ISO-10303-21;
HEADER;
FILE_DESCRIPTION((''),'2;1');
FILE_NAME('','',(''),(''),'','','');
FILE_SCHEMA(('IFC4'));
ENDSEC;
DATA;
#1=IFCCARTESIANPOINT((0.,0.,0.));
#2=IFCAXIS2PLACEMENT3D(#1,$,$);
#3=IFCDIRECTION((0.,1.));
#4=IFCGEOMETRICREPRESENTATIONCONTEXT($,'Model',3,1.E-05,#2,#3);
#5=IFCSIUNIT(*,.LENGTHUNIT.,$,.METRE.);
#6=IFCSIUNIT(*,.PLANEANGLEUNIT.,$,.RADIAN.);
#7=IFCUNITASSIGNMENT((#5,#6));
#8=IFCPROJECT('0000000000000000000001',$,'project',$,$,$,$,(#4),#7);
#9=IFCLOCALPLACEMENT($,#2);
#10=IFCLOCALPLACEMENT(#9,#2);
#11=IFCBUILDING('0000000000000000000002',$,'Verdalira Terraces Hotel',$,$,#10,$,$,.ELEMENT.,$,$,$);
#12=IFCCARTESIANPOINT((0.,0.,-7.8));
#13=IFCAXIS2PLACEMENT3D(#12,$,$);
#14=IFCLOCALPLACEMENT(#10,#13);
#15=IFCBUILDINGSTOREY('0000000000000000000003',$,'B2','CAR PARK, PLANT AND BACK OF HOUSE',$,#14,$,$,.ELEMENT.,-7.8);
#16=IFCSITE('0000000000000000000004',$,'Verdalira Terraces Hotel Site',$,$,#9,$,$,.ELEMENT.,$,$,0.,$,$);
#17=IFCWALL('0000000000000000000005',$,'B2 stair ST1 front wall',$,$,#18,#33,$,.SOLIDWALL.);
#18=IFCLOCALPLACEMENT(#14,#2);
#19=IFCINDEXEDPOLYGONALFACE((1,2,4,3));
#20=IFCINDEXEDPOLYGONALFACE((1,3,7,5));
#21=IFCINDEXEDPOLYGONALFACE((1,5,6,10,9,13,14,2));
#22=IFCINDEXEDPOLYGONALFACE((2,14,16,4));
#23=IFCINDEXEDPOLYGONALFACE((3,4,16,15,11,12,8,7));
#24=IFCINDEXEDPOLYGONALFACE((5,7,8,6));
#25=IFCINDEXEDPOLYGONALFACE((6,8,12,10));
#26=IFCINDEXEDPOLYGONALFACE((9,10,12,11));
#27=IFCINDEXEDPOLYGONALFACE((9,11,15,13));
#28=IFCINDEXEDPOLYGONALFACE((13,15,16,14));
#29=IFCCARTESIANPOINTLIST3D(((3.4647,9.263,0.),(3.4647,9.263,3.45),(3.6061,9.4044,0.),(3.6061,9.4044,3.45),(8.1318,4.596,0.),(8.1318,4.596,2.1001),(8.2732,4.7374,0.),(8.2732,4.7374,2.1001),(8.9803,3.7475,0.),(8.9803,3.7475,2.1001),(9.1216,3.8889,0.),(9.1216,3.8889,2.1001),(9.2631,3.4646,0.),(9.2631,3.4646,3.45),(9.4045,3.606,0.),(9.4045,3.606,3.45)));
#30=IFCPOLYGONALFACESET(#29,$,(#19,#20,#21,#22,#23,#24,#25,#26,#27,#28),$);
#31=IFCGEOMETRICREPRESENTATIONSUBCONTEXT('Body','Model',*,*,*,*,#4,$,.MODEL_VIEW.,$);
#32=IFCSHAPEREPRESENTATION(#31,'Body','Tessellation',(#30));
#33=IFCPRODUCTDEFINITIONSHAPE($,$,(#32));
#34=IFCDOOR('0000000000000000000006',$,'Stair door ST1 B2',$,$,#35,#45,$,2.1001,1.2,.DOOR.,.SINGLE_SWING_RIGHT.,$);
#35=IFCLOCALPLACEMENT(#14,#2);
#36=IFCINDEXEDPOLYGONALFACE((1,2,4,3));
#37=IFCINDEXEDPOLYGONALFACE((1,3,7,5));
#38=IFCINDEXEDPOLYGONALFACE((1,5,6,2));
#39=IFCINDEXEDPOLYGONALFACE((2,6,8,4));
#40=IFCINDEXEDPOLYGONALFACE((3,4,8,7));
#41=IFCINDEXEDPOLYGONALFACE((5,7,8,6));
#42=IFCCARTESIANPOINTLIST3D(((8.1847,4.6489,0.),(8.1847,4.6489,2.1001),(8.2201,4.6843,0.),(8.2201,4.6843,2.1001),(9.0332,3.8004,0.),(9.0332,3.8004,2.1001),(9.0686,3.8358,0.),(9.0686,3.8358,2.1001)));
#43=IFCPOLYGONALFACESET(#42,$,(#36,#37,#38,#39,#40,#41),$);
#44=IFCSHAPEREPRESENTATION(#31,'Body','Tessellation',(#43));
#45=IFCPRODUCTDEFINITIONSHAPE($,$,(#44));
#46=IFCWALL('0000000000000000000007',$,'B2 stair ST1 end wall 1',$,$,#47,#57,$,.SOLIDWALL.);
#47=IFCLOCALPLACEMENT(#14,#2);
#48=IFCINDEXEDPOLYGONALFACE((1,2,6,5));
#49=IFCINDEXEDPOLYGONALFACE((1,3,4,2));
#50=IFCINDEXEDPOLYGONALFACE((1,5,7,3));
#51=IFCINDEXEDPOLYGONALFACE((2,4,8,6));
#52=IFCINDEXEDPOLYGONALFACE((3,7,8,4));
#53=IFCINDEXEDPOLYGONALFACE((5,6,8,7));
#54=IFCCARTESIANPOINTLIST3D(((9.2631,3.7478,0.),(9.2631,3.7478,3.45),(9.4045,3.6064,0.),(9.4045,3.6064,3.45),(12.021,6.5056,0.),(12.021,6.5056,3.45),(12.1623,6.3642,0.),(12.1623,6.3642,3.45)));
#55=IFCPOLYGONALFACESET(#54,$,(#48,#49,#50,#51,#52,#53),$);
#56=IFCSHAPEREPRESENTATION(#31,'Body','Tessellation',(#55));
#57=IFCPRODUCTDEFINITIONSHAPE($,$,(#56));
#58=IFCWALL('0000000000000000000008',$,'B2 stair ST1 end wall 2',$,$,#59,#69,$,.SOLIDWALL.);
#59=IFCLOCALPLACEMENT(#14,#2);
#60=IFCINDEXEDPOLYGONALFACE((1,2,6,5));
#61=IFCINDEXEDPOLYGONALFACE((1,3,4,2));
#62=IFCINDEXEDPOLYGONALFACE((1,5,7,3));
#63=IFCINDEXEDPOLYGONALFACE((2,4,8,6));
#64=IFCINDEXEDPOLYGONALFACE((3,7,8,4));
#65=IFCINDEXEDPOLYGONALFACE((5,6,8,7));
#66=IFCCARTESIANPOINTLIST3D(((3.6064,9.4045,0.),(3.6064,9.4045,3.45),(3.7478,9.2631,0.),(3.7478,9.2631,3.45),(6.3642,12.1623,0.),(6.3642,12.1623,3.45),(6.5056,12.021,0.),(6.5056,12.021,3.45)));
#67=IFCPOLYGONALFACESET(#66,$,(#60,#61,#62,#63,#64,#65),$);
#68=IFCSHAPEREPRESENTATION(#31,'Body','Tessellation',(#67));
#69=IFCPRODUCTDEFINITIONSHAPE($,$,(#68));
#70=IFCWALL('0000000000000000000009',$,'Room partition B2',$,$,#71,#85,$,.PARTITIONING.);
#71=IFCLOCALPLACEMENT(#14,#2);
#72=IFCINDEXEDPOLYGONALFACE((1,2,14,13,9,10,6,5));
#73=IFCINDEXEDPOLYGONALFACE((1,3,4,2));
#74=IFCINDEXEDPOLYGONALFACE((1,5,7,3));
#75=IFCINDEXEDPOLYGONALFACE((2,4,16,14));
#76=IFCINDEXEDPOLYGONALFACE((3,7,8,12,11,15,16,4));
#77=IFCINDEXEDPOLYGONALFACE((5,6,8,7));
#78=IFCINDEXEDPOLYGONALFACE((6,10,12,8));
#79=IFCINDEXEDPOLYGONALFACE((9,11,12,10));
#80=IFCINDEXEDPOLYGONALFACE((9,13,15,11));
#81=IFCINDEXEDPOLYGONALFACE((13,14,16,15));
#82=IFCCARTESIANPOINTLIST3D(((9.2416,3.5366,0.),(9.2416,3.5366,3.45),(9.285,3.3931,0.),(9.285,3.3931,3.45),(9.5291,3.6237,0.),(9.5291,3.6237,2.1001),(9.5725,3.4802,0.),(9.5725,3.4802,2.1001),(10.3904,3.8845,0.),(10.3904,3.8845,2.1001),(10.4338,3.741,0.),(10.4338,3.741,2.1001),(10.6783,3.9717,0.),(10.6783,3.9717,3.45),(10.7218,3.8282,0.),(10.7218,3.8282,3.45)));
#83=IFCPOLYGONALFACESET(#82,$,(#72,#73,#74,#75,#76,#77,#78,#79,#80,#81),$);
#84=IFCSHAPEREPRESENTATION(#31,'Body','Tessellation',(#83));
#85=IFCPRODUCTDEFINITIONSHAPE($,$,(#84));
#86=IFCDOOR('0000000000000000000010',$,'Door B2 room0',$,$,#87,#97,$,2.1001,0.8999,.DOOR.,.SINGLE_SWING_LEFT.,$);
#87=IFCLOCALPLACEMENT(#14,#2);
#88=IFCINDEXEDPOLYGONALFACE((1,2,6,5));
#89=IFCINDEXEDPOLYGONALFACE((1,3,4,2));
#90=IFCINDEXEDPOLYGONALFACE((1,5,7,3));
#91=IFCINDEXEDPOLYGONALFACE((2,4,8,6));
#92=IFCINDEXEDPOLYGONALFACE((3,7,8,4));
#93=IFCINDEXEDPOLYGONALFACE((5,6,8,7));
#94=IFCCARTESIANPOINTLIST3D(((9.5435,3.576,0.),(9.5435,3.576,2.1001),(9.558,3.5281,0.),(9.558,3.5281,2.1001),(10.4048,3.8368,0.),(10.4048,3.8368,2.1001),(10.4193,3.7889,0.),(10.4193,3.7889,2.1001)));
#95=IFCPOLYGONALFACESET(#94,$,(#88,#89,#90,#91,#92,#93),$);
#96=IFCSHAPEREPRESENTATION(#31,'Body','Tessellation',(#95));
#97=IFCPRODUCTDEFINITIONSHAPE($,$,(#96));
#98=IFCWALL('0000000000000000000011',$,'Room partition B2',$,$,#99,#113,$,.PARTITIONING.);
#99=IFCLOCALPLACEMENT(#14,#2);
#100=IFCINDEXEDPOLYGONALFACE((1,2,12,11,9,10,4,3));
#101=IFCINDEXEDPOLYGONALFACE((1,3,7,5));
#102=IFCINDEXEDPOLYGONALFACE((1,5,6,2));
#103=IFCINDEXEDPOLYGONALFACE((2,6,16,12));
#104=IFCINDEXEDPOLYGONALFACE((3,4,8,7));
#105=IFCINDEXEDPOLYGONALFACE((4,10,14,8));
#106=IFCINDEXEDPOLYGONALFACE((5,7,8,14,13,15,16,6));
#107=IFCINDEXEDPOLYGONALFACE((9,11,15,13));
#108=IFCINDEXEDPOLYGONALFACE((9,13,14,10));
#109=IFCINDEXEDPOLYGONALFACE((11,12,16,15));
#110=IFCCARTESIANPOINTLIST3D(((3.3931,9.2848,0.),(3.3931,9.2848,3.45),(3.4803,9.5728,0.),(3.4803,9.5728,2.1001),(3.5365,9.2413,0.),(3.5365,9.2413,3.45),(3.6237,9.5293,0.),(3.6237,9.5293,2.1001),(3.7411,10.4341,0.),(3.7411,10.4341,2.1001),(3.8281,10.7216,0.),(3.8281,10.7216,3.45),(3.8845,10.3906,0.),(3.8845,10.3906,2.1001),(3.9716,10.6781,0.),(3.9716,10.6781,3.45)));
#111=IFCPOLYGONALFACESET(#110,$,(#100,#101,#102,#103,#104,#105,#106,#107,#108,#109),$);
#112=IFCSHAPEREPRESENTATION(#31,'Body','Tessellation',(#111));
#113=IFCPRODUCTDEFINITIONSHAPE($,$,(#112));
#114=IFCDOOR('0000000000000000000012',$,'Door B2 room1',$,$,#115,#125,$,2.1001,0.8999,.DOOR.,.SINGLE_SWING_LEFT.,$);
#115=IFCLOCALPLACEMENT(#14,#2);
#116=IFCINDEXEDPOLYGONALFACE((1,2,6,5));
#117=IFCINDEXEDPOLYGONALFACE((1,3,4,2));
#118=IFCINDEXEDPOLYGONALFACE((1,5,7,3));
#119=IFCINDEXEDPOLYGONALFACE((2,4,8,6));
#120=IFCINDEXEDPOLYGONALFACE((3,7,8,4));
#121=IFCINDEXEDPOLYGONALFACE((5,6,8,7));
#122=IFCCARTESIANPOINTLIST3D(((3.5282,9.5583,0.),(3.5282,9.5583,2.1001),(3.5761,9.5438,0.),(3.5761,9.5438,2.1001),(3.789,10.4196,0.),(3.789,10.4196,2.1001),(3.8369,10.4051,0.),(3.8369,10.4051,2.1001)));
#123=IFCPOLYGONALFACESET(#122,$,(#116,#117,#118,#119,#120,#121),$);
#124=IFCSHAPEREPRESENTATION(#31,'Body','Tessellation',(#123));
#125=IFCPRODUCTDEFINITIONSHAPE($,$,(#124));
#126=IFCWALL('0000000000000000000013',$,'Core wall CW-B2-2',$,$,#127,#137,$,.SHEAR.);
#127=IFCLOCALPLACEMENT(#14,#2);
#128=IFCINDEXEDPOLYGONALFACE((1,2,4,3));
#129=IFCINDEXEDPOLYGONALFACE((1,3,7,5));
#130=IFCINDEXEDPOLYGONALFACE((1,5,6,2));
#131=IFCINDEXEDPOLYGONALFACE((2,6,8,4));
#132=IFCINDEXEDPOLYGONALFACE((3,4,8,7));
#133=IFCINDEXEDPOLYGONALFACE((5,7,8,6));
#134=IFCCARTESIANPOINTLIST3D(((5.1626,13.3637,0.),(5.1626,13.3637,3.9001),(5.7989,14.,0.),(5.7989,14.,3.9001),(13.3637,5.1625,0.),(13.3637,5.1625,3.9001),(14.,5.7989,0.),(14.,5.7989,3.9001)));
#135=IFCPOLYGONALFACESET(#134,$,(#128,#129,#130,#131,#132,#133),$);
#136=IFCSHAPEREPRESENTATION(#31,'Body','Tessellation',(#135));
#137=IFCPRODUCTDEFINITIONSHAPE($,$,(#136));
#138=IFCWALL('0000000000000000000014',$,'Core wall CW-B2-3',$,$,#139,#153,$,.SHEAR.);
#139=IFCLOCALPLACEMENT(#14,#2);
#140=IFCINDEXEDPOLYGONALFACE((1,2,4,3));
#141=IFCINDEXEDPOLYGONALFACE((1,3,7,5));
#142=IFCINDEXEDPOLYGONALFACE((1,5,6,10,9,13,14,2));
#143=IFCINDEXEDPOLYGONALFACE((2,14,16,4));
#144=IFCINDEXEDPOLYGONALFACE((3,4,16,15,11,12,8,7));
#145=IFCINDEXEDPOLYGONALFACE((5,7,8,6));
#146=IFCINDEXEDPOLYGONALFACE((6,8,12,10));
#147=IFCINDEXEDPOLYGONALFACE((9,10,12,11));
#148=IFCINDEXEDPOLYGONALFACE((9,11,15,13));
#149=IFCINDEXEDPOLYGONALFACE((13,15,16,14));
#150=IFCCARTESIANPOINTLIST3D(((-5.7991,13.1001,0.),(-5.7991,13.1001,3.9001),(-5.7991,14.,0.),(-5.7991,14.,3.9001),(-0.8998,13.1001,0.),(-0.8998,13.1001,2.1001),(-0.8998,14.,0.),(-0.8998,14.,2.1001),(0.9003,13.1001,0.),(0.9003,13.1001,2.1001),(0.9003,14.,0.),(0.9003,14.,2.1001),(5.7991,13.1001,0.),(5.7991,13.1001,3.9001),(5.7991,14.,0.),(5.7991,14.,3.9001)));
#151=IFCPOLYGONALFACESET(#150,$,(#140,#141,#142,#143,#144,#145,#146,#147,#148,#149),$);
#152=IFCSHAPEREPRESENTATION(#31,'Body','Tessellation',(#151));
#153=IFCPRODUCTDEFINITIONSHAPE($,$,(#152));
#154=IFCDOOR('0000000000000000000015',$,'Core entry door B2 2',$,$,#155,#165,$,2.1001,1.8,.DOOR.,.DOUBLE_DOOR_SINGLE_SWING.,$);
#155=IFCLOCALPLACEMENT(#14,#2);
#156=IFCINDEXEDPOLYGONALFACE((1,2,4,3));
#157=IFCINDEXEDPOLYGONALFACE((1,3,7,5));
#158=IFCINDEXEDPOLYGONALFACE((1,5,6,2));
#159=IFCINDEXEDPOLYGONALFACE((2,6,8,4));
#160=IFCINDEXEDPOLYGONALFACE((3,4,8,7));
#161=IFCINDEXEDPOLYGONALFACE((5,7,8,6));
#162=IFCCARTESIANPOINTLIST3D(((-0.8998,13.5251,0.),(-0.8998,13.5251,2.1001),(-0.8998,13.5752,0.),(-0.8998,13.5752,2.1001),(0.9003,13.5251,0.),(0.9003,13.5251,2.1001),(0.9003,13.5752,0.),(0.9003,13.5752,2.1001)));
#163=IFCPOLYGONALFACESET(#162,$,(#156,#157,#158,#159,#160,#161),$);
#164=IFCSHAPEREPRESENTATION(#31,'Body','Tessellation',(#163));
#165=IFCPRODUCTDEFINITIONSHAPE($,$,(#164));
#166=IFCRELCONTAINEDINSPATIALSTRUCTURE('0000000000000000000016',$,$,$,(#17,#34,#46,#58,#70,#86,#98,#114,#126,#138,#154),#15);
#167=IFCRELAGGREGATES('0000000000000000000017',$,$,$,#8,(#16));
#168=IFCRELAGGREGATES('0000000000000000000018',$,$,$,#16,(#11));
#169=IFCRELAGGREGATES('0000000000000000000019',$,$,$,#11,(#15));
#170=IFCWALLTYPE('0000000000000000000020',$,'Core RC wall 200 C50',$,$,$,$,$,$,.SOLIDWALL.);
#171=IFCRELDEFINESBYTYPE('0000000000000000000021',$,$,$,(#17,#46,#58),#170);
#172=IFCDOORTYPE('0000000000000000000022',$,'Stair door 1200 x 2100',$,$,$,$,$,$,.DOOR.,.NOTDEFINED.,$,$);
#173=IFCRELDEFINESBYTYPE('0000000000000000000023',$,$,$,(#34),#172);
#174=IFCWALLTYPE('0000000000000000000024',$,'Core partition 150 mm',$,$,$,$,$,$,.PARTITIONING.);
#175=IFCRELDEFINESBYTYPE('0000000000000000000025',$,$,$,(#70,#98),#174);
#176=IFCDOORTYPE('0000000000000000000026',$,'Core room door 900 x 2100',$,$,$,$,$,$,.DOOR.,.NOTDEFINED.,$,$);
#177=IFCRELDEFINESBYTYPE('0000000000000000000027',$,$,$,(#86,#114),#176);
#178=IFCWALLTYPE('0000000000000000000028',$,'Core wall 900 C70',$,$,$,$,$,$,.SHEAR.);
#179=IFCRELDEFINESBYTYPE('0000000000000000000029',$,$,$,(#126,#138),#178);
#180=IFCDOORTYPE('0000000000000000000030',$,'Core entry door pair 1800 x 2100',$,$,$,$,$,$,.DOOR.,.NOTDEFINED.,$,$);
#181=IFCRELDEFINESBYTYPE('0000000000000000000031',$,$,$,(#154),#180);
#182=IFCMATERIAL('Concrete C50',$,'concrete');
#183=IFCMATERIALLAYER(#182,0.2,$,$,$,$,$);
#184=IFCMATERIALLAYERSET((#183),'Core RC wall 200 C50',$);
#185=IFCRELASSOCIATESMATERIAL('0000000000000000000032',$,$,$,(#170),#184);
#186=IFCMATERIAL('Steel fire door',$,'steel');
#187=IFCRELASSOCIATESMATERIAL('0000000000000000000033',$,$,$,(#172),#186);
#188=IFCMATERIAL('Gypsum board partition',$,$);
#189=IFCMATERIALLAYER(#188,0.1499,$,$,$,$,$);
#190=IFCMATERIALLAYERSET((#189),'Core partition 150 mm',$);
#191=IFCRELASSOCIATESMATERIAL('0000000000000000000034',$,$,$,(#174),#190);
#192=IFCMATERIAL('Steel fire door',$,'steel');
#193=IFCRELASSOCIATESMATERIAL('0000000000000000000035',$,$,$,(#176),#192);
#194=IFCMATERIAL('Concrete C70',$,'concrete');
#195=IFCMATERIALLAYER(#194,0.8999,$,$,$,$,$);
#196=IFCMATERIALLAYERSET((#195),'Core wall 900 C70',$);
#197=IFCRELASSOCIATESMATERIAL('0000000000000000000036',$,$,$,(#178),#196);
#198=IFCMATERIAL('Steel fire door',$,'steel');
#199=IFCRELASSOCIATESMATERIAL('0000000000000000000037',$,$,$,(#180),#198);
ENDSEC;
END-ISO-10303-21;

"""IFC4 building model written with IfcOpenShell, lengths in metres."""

from ifc_helpers import new_model, si_unit, direction, frame, frame_2d, origin, place, context, subcontext, project, spatial, rectangle, extrude, material, layer, layer_set, type_object, element, fill, save


model = new_model("IFC4")

# Units and contexts
model_context = context("Model", 3, precision=1e-05, world=origin(), true_north=direction((0.0, 1.0)))
body_context = subcontext(model_context, "Body", "Model", "MODEL_VIEW")
ifc_project = project(units=[si_unit("LENGTHUNIT", "METRE"), si_unit("PLANEANGLEUNIT", "RADIAN")], contexts=[model_context])

# Site, building, storey
site_placement = place(None, origin())
site = spatial("IfcSite", under=ifc_project, at=site_placement, Name="Verdalira Terraces Hotel Site", CompositionType="ELEMENT", RefElevation=0.0)
building_placement = place(site_placement, origin())
building = spatial("IfcBuilding", under=site, at=building_placement, Name="Verdalira Terraces Hotel", CompositionType="ELEMENT")
storey_placement = place(building_placement, frame((0.0, 0.0, -7.8)))
storey = spatial("IfcBuildingStorey", under=building, at=storey_placement, Name="B2", Description="CAR PARK, PLANT AND BACK OF HOUSE", CompositionType="ELEMENT", Elevation=-7.8)

# Wall, opening, door
ifc_material_1 = material(Name="Concrete C50", Category="concrete")
ifc_layer_1 = layer(ifc_material_1, 0.2)
ifc_layer_set_1 = layer_set([ifc_layer_1], Name="Core RC wall 200 C50")
wall_type_1 = type_object("IfcWallType", Name="Core RC wall 200 C50", PredefinedType="SOLIDWALL", material=ifc_layer_set_1)
wall_1_placement = place(storey_placement, frame((3.5354, 9.3337, 0.0), z_axis=(0.0, 0.0, 1.0), x_axis=(0.707107, -0.707107, 0.0)))
wall_1 = element("IfcWall", 1, at=wall_1_placement, inside=storey, type_object=wall_type_1, Name="B2 stair ST1 front wall", PredefinedType="SOLIDWALL", context=body_context, shape_type="SweptSolid", body=[
    extrude(rectangle(XDim=8.2002, YDim=0.2, at=frame_2d((4.1001, 0.0))), origin(), (0.0, 0.0, 1.0), 3.45),
])
opening_1_placement = place(wall_1_placement, frame((6.6001, 0.0, 0.0)))
opening_1 = element("IfcOpeningElement", 2, at=opening_1_placement, cuts=wall_1, PredefinedType="OPENING", context=body_context, shape_type="SweptSolid", body=[
    extrude(rectangle(XDim=1.2, YDim=2.1001, at=frame_2d((0.6001, 1.05))), frame((0.0, 0.1099, 0.0), z_axis=(0.0, -1.0, 0.0), x_axis=(1.0, 0.0, 0.0)), (0.0, 0.0, 1.0), 0.22),
])
ifc_material_2 = material(Name="Steel fire door", Category="steel")
door_type_1 = type_object("IfcDoorType", Name="Stair door 1200 x 2100", OperationType="NOTDEFINED", PredefinedType="DOOR", material=ifc_material_2)
door_1_placement = place(opening_1_placement, origin())
door_1 = element("IfcDoor", 3, at=door_1_placement, inside=storey, type_object=door_type_1, Name="Stair door ST1 B2", OperationType="SINGLE_SWING_RIGHT", OverallHeight=2.1001, OverallWidth=1.2, PredefinedType="DOOR", context=body_context, shape_type="SweptSolid", body=[
    extrude(rectangle(XDim=1.2, YDim=2.1001, at=frame_2d((0.6001, 1.05))), frame((0.0, 0.0249, 0.0), z_axis=(0.0, -1.0, 0.0), x_axis=(1.0, 0.0, 0.0)), (0.0, 0.0, 1.0), 0.05),
])
fill(opening_1, door_1)

# Walls
for number, where, z_axis, x_axis, name in (
    (4, (9.3337, 3.677, 0.0), (0.0, 0.0, 1.0), (0.707107, 0.707107, 0.0), "B2 stair ST1 end wall 1"),
    (5, (3.677, 9.3337, 0.0), (0.0, 0.0, 1.0), (0.707107, 0.707107, 0.0), "B2 stair ST1 end wall 2"),
):
    element("IfcWall", number, at=place(storey_placement, frame(where, z_axis=z_axis, x_axis=x_axis)), inside=storey, type_object=wall_type_1, Name=name, PredefinedType="SOLIDWALL", context=body_context, shape_type="SweptSolid", body=[
        extrude(rectangle(XDim=3.9001, YDim=0.2, at=frame_2d((1.9502, 0.0))), origin(), (0.0, 0.0, 1.0), 3.45),
    ])

# Walls, openings, doors
ifc_material_3 = material(Name="Gypsum board partition")
ifc_layer_2 = layer(ifc_material_3, 0.1499)
ifc_layer_set_2 = layer_set([ifc_layer_2], Name="Core partition 150 mm")
wall_type_2 = type_object("IfcWallType", Name="Core partition 150 mm", PredefinedType="PARTITIONING", material=ifc_layer_set_2)
wall_2_placement = place(storey_placement, frame((10.7, 3.8999, 0.0), z_axis=(0.0, 0.0, 1.0), x_axis=(-0.957085, -0.289809, 0.0)))
wall_2 = element("IfcWall", 6, at=wall_2_placement, inside=storey, type_object=wall_type_2, Name="Room partition B2", PredefinedType="PARTITIONING", context=body_context, shape_type="SweptSolid", body=[
    extrude(rectangle(XDim=1.5012, YDim=0.1499, at=frame_2d((0.7505, 0.0))), origin(), (0.0, 0.0, 1.0), 3.45),
])
opening_2_placement = place(wall_2_placement, frame((0.3008, 0.0, 0.0)))
opening_2 = element("IfcOpeningElement", 7, at=opening_2_placement, cuts=wall_2, PredefinedType="OPENING", context=body_context, shape_type="SweptSolid", body=[
    extrude(rectangle(XDim=0.8999, YDim=2.1001, at=frame_2d((0.45, 1.05))), frame((0.0, 0.085, 0.0), z_axis=(0.0, -1.0, 0.0), x_axis=(1.0, 0.0, 0.0)), (0.0, 0.0, 1.0), 0.1699),
])
ifc_material_4 = material(Name="Steel fire door", Category="steel")
door_type_2 = type_object("IfcDoorType", Name="Core room door 900 x 2100", OperationType="NOTDEFINED", PredefinedType="DOOR", material=ifc_material_4)
door_2_placement = place(opening_2_placement, origin())
door_2 = element("IfcDoor", 8, at=door_2_placement, inside=storey, type_object=door_type_2, Name="Door B2 room0", OperationType="SINGLE_SWING_LEFT", OverallHeight=2.1001, OverallWidth=0.8999, PredefinedType="DOOR", context=body_context, shape_type="SweptSolid", body=[
    extrude(rectangle(XDim=0.8999, YDim=2.1001, at=frame_2d((0.45, 1.05))), frame((0.0, 0.0249, 0.0), z_axis=(0.0, -1.0, 0.0), x_axis=(1.0, 0.0, 0.0)), (0.0, 0.0, 1.0), 0.05),
])
fill(opening_2, door_2)
wall_3_placement = place(storey_placement, frame((3.4648, 9.2632, 0.0), z_axis=(0.0, 0.0, 1.0), x_axis=(0.289809, 0.957085, 0.0)))
wall_3 = element("IfcWall", 9, at=wall_3_placement, inside=storey, type_object=wall_type_2, Name="Room partition B2", PredefinedType="PARTITIONING", context=body_context, shape_type="SweptSolid", body=[
    extrude(rectangle(XDim=1.5012, YDim=0.1499, at=frame_2d((0.7505, 0.0))), origin(), (0.0, 0.0, 1.0), 3.45),
])
opening_3_placement = place(wall_3_placement, frame((0.3008, 0.0, 0.0)))
opening_3 = element("IfcOpeningElement", 10, at=opening_3_placement, cuts=wall_3, PredefinedType="OPENING", context=body_context, shape_type="SweptSolid", body=[
    extrude(rectangle(XDim=0.8999, YDim=2.1001, at=frame_2d((0.45, 1.05))), frame((0.0, 0.085, 0.0), z_axis=(0.0, -1.0, 0.0), x_axis=(1.0, 0.0, 0.0)), (0.0, 0.0, 1.0), 0.1699),
])
door_3_placement = place(opening_3_placement, origin())
door_3 = element("IfcDoor", 11, at=door_3_placement, inside=storey, type_object=door_type_2, Name="Door B2 room1", OperationType="SINGLE_SWING_LEFT", OverallHeight=2.1001, OverallWidth=0.8999, PredefinedType="DOOR", context=body_context, shape_type="SweptSolid", body=[
    extrude(rectangle(XDim=0.8999, YDim=2.1001, at=frame_2d((0.45, 1.05))), frame((0.0, 0.0249, 0.0), z_axis=(0.0, -1.0, 0.0), x_axis=(1.0, 0.0, 0.0)), (0.0, 0.0, 1.0), 0.05),
])
fill(opening_3, door_3)

# Wall
ifc_material_5 = material(Name="Concrete C70", Category="concrete")
ifc_layer_3 = layer(ifc_material_5, 0.8999)
ifc_layer_set_3 = layer_set([ifc_layer_3], Name="Core wall 900 C70")
wall_type_3 = type_object("IfcWallType", Name="Core wall 900 C70", PredefinedType="SHEAR", material=ifc_layer_set_3)
wall_4_placement = place(storey_placement, frame((13.6819, 5.4807, 0.0), z_axis=(0.0, 0.0, 1.0), x_axis=(-0.707107, 0.707107, 0.0)))
element("IfcWall", 12, at=wall_4_placement, inside=storey, type_object=wall_type_3, Name="Core wall CW-B2-2", PredefinedType="SHEAR", context=body_context, shape_type="SweptSolid", body=[
    extrude(rectangle(XDim=11.5981, YDim=0.8999, at=frame_2d((5.7991, 0.0))), origin(), (0.0, 0.0, 1.0), 3.9001),
])

# Wall, opening, door
wall_5_placement = place(storey_placement, frame((5.7991, 13.55, 0.0), z_axis=(0.0, 0.0, 1.0), x_axis=(-1.0, 0.0, 0.0)))
wall_5 = element("IfcWall", 13, at=wall_5_placement, inside=storey, type_object=wall_type_3, Name="Core wall CW-B2-3", PredefinedType="SHEAR", context=body_context, shape_type="SweptSolid", body=[
    extrude(rectangle(XDim=11.5981, YDim=0.8999, at=frame_2d((5.7991, 0.0))), origin(), (0.0, 0.0, 1.0), 3.9001),
])
opening_4_placement = place(wall_5_placement, frame((4.8989, 0.0, 0.0)))
opening_4 = element("IfcOpeningElement", 14, at=opening_4_placement, cuts=wall_5, PredefinedType="OPENING", context=body_context, shape_type="SweptSolid", body=[
    extrude(rectangle(XDim=1.8, YDim=2.1001, at=frame_2d((0.8999, 1.05))), frame((0.0, 0.46, 0.0), z_axis=(0.0, -1.0, 0.0), x_axis=(1.0, 0.0, 0.0)), (0.0, 0.0, 1.0), 0.9199),
])
ifc_material_6 = material(Name="Steel fire door", Category="steel")
door_type_3 = type_object("IfcDoorType", Name="Core entry door pair 1800 x 2100", OperationType="NOTDEFINED", PredefinedType="DOOR", material=ifc_material_6)
door_4_placement = place(opening_4_placement, origin())
door_4 = element("IfcDoor", 15, at=door_4_placement, inside=storey, type_object=door_type_3, Name="Core entry door B2 2", OperationType="DOUBLE_DOOR_SINGLE_SWING", OverallHeight=2.1001, OverallWidth=1.8, PredefinedType="DOOR", context=body_context, shape_type="SweptSolid", body=[
    extrude(rectangle(XDim=1.8, YDim=2.1001, at=frame_2d((0.8999, 1.05))), frame((0.0, 0.0249, 0.0), z_axis=(0.0, -1.0, 0.0), x_axis=(1.0, 0.0, 0.0)), (0.0, 0.0, 1.0), 0.05),
])
fill(opening_4, door_4)

save(model, "model.ifc")
